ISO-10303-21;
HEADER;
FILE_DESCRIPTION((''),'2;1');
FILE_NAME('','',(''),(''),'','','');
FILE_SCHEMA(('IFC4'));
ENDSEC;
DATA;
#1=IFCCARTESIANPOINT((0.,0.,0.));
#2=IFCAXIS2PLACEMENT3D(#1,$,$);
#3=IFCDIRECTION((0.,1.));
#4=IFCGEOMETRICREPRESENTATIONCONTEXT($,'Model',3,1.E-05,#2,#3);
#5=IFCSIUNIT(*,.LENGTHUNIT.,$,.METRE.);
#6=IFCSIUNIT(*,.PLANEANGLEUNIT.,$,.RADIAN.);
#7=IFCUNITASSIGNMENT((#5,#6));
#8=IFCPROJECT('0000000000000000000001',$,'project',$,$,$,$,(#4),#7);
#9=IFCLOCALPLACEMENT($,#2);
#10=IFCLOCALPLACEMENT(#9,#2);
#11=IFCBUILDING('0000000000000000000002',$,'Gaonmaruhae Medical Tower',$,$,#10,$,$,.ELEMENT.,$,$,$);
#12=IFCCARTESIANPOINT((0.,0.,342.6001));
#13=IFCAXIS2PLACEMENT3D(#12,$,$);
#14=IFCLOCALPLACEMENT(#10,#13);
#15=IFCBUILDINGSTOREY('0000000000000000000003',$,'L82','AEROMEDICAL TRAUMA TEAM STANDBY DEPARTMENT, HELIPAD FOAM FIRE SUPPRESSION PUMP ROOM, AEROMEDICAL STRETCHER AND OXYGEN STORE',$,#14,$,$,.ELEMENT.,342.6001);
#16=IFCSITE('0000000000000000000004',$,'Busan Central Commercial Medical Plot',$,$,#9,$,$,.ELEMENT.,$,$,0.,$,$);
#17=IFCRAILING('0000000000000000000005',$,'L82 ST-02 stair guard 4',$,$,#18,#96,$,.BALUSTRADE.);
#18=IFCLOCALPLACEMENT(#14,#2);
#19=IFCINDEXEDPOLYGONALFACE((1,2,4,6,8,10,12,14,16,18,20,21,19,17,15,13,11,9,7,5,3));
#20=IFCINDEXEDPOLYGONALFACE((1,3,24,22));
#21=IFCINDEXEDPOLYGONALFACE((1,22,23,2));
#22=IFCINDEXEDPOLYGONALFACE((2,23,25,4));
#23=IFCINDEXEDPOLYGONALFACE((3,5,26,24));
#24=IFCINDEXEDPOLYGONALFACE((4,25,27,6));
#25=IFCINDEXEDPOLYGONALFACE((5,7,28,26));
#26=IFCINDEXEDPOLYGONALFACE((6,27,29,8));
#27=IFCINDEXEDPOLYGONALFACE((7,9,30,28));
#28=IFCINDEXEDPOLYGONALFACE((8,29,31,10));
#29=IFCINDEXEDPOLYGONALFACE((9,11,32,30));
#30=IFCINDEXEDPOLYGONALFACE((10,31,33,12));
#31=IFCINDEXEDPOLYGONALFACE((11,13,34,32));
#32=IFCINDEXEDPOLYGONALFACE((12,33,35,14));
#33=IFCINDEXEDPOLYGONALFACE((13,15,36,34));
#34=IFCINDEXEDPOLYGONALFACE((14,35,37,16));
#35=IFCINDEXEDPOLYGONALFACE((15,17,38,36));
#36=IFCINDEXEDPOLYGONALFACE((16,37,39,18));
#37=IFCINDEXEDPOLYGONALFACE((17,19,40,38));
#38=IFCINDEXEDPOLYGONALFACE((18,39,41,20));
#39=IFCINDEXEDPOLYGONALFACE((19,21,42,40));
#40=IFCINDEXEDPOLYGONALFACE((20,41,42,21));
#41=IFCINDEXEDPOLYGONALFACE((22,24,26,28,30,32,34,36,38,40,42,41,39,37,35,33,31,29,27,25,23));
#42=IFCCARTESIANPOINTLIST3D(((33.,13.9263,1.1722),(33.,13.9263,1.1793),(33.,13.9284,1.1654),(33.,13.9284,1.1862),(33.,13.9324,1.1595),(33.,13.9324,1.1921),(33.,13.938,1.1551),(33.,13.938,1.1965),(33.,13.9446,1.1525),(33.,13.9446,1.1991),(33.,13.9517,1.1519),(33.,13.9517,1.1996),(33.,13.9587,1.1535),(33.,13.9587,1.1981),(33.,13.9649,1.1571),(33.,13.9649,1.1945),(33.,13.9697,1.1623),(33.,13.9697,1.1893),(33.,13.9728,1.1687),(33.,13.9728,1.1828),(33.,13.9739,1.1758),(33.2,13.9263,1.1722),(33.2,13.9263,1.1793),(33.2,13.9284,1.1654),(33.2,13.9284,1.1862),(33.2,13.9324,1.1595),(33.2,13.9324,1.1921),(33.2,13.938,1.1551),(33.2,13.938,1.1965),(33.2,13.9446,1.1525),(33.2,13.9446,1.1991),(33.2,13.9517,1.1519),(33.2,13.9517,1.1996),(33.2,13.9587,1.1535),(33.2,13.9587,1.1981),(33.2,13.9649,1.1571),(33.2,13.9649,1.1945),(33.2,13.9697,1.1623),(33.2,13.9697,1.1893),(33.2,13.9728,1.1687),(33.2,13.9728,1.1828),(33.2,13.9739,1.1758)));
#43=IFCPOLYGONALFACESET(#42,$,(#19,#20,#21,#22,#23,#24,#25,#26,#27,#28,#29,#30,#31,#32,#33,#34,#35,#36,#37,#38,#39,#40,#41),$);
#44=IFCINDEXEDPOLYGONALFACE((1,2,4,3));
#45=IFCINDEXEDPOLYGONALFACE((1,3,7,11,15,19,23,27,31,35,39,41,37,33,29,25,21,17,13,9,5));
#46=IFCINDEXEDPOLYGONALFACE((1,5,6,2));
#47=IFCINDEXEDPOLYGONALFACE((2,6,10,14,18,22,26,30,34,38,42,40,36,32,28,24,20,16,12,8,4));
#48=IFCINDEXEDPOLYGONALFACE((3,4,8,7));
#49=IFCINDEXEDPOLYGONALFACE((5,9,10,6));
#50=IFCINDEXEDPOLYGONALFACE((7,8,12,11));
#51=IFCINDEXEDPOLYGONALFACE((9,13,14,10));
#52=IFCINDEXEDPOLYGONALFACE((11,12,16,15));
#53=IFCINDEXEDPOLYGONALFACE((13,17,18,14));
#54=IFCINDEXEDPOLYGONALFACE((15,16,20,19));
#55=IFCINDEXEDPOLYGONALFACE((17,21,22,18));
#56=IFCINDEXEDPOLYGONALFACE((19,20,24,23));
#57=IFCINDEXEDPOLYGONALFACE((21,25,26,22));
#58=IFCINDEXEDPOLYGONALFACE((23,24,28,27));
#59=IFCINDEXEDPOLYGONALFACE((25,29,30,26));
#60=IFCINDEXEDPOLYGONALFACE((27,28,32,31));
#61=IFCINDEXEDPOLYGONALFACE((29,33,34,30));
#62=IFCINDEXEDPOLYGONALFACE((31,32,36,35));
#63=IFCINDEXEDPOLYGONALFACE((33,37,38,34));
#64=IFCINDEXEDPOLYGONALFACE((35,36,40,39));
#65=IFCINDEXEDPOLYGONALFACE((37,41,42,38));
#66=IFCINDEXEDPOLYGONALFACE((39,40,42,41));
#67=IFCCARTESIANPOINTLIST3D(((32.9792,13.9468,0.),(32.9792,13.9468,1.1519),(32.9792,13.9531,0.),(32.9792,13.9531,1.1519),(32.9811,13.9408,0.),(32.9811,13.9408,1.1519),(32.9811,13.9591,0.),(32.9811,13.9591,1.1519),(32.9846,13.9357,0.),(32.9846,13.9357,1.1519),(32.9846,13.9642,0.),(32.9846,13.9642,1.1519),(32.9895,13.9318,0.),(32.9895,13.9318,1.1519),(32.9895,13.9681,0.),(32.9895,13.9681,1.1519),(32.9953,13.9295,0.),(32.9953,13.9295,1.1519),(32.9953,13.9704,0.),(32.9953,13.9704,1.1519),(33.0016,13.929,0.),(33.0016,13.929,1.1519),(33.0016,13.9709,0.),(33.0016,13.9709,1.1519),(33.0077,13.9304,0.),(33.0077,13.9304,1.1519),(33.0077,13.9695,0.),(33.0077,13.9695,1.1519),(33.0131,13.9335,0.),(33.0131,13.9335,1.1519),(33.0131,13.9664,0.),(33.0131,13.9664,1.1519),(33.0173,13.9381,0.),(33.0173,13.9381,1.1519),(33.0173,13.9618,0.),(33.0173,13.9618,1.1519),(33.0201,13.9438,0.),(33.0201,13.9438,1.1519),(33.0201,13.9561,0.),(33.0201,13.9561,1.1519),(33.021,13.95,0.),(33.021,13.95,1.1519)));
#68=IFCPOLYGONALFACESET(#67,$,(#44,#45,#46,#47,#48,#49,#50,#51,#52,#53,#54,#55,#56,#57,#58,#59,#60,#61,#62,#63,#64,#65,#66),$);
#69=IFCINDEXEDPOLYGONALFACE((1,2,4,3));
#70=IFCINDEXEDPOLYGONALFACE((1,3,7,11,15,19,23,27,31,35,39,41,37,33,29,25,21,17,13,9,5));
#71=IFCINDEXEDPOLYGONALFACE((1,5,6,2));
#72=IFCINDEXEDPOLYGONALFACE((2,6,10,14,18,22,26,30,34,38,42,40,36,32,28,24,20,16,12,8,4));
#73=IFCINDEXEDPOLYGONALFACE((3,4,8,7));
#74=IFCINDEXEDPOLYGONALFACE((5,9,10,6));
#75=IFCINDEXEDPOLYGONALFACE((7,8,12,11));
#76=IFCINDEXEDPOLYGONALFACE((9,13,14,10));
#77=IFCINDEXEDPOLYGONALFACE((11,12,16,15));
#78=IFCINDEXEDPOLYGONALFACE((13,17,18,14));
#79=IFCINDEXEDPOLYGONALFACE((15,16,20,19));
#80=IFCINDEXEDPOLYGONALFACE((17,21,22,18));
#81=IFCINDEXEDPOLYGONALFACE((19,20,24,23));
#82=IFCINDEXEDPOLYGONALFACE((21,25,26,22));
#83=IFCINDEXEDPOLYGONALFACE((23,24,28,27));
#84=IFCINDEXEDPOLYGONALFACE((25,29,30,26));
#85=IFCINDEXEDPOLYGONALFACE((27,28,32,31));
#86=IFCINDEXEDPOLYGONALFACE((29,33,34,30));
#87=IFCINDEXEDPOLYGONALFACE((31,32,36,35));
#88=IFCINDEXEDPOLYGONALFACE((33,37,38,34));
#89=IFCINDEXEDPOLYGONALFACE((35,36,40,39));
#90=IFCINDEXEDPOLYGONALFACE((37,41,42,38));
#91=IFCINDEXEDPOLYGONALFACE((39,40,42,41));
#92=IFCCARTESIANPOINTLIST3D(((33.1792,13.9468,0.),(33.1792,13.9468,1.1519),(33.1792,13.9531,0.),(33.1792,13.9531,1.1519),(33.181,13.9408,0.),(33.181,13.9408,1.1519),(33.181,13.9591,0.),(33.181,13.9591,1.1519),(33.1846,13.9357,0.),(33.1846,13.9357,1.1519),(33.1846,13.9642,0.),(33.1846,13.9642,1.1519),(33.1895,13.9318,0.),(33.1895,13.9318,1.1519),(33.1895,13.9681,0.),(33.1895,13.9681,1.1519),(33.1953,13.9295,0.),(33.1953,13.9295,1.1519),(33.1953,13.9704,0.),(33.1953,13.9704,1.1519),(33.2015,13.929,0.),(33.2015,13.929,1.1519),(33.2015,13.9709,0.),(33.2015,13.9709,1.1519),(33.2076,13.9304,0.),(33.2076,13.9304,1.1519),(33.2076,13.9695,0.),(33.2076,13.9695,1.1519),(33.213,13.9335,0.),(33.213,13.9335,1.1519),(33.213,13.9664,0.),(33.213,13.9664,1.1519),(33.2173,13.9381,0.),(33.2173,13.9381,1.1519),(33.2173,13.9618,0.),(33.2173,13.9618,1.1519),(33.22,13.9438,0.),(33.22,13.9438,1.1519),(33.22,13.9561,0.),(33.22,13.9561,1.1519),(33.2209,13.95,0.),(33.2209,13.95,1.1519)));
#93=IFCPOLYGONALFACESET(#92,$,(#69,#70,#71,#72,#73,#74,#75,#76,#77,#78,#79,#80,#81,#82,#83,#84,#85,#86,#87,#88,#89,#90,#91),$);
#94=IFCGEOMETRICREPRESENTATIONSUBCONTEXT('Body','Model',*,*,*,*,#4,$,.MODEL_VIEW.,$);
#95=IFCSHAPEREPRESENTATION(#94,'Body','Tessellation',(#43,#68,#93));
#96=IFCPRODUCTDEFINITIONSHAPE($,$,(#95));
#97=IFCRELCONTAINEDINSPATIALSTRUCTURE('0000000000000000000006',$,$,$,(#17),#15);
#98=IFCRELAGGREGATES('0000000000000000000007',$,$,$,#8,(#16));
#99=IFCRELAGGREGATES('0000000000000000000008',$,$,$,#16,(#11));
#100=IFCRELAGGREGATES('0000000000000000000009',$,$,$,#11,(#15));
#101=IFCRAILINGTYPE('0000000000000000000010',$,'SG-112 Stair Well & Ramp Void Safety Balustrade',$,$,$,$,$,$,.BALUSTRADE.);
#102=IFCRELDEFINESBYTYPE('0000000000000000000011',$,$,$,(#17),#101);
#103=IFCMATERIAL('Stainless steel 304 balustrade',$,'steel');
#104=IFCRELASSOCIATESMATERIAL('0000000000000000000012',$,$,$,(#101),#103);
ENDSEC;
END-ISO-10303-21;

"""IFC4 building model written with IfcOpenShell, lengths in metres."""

from ifc_helpers import new_model, si_unit, direction, frame, origin, origin_2d, place, context, subcontext, project, spatial, circle, extrude, material, type_object, element, save


model = new_model("IFC4")

# Units and contexts
model_context = context("Model", 3, precision=1e-05, world=origin(), true_north=direction((0.0, 1.0)))
body_context = subcontext(model_context, "Body", "Model", "MODEL_VIEW")
ifc_project = project(units=[si_unit("LENGTHUNIT", "METRE"), si_unit("PLANEANGLEUNIT", "RADIAN")], contexts=[model_context])

# Site, building, storey
site_placement = place(None, origin())
site = spatial("IfcSite", under=ifc_project, at=site_placement, Name="Busan Central Commercial Medical Plot", CompositionType="ELEMENT", RefElevation=0.0)
building_placement = place(site_placement, origin())
building = spatial("IfcBuilding", under=site, at=building_placement, Name="Gaonmaruhae Medical Tower", CompositionType="ELEMENT")
storey_placement = place(building_placement, frame((0.0, 0.0, 342.6001)))
storey = spatial("IfcBuildingStorey", under=building, at=storey_placement, Name="L82", Description="AEROMEDICAL TRAUMA TEAM STANDBY DEPARTMENT, HELIPAD FOAM FIRE SUPPRESSION PUMP ROOM, AEROMEDICAL STRETCHER AND OXYGEN STORE", CompositionType="ELEMENT", Elevation=342.6001)

# Railing
ifc_material_1 = material(Name="Stainless steel 304 balustrade", Category="steel")
railing_type_1 = type_object("IfcRailingType", Name="SG-112 Stair Well & Ramp Void Safety Balustrade", PredefinedType="BALUSTRADE", material=ifc_material_1)
railing_1_placement = place(storey_placement, frame((33.0, 13.95, 0.0)))
element("IfcRailing", 1, at=railing_1_placement, inside=storey, type_object=railing_type_1, Name="L82 ST-02 stair guard 4", PredefinedType="BALUSTRADE", context=body_context, shape_type="SweptSolid", body=[
    extrude(circle(Radius=0.0239, at=origin_2d()), frame((0.0, 0.0, 1.1758), z_axis=(1.0, 0.0, 0.0), x_axis=(0.0, 1.0, 0.0)), (0.0, 0.0, 1.0), 0.2),
    extrude(circle(Radius=0.021, at=origin_2d()), origin(), (0.0, 0.0, 1.0), 1.1519),
    extrude(circle(Radius=0.021, at=origin_2d()), frame((0.2, 0.0, 0.0)), (0.0, 0.0, 1.0), 1.1519),
])

save(model, "model.ifc")
